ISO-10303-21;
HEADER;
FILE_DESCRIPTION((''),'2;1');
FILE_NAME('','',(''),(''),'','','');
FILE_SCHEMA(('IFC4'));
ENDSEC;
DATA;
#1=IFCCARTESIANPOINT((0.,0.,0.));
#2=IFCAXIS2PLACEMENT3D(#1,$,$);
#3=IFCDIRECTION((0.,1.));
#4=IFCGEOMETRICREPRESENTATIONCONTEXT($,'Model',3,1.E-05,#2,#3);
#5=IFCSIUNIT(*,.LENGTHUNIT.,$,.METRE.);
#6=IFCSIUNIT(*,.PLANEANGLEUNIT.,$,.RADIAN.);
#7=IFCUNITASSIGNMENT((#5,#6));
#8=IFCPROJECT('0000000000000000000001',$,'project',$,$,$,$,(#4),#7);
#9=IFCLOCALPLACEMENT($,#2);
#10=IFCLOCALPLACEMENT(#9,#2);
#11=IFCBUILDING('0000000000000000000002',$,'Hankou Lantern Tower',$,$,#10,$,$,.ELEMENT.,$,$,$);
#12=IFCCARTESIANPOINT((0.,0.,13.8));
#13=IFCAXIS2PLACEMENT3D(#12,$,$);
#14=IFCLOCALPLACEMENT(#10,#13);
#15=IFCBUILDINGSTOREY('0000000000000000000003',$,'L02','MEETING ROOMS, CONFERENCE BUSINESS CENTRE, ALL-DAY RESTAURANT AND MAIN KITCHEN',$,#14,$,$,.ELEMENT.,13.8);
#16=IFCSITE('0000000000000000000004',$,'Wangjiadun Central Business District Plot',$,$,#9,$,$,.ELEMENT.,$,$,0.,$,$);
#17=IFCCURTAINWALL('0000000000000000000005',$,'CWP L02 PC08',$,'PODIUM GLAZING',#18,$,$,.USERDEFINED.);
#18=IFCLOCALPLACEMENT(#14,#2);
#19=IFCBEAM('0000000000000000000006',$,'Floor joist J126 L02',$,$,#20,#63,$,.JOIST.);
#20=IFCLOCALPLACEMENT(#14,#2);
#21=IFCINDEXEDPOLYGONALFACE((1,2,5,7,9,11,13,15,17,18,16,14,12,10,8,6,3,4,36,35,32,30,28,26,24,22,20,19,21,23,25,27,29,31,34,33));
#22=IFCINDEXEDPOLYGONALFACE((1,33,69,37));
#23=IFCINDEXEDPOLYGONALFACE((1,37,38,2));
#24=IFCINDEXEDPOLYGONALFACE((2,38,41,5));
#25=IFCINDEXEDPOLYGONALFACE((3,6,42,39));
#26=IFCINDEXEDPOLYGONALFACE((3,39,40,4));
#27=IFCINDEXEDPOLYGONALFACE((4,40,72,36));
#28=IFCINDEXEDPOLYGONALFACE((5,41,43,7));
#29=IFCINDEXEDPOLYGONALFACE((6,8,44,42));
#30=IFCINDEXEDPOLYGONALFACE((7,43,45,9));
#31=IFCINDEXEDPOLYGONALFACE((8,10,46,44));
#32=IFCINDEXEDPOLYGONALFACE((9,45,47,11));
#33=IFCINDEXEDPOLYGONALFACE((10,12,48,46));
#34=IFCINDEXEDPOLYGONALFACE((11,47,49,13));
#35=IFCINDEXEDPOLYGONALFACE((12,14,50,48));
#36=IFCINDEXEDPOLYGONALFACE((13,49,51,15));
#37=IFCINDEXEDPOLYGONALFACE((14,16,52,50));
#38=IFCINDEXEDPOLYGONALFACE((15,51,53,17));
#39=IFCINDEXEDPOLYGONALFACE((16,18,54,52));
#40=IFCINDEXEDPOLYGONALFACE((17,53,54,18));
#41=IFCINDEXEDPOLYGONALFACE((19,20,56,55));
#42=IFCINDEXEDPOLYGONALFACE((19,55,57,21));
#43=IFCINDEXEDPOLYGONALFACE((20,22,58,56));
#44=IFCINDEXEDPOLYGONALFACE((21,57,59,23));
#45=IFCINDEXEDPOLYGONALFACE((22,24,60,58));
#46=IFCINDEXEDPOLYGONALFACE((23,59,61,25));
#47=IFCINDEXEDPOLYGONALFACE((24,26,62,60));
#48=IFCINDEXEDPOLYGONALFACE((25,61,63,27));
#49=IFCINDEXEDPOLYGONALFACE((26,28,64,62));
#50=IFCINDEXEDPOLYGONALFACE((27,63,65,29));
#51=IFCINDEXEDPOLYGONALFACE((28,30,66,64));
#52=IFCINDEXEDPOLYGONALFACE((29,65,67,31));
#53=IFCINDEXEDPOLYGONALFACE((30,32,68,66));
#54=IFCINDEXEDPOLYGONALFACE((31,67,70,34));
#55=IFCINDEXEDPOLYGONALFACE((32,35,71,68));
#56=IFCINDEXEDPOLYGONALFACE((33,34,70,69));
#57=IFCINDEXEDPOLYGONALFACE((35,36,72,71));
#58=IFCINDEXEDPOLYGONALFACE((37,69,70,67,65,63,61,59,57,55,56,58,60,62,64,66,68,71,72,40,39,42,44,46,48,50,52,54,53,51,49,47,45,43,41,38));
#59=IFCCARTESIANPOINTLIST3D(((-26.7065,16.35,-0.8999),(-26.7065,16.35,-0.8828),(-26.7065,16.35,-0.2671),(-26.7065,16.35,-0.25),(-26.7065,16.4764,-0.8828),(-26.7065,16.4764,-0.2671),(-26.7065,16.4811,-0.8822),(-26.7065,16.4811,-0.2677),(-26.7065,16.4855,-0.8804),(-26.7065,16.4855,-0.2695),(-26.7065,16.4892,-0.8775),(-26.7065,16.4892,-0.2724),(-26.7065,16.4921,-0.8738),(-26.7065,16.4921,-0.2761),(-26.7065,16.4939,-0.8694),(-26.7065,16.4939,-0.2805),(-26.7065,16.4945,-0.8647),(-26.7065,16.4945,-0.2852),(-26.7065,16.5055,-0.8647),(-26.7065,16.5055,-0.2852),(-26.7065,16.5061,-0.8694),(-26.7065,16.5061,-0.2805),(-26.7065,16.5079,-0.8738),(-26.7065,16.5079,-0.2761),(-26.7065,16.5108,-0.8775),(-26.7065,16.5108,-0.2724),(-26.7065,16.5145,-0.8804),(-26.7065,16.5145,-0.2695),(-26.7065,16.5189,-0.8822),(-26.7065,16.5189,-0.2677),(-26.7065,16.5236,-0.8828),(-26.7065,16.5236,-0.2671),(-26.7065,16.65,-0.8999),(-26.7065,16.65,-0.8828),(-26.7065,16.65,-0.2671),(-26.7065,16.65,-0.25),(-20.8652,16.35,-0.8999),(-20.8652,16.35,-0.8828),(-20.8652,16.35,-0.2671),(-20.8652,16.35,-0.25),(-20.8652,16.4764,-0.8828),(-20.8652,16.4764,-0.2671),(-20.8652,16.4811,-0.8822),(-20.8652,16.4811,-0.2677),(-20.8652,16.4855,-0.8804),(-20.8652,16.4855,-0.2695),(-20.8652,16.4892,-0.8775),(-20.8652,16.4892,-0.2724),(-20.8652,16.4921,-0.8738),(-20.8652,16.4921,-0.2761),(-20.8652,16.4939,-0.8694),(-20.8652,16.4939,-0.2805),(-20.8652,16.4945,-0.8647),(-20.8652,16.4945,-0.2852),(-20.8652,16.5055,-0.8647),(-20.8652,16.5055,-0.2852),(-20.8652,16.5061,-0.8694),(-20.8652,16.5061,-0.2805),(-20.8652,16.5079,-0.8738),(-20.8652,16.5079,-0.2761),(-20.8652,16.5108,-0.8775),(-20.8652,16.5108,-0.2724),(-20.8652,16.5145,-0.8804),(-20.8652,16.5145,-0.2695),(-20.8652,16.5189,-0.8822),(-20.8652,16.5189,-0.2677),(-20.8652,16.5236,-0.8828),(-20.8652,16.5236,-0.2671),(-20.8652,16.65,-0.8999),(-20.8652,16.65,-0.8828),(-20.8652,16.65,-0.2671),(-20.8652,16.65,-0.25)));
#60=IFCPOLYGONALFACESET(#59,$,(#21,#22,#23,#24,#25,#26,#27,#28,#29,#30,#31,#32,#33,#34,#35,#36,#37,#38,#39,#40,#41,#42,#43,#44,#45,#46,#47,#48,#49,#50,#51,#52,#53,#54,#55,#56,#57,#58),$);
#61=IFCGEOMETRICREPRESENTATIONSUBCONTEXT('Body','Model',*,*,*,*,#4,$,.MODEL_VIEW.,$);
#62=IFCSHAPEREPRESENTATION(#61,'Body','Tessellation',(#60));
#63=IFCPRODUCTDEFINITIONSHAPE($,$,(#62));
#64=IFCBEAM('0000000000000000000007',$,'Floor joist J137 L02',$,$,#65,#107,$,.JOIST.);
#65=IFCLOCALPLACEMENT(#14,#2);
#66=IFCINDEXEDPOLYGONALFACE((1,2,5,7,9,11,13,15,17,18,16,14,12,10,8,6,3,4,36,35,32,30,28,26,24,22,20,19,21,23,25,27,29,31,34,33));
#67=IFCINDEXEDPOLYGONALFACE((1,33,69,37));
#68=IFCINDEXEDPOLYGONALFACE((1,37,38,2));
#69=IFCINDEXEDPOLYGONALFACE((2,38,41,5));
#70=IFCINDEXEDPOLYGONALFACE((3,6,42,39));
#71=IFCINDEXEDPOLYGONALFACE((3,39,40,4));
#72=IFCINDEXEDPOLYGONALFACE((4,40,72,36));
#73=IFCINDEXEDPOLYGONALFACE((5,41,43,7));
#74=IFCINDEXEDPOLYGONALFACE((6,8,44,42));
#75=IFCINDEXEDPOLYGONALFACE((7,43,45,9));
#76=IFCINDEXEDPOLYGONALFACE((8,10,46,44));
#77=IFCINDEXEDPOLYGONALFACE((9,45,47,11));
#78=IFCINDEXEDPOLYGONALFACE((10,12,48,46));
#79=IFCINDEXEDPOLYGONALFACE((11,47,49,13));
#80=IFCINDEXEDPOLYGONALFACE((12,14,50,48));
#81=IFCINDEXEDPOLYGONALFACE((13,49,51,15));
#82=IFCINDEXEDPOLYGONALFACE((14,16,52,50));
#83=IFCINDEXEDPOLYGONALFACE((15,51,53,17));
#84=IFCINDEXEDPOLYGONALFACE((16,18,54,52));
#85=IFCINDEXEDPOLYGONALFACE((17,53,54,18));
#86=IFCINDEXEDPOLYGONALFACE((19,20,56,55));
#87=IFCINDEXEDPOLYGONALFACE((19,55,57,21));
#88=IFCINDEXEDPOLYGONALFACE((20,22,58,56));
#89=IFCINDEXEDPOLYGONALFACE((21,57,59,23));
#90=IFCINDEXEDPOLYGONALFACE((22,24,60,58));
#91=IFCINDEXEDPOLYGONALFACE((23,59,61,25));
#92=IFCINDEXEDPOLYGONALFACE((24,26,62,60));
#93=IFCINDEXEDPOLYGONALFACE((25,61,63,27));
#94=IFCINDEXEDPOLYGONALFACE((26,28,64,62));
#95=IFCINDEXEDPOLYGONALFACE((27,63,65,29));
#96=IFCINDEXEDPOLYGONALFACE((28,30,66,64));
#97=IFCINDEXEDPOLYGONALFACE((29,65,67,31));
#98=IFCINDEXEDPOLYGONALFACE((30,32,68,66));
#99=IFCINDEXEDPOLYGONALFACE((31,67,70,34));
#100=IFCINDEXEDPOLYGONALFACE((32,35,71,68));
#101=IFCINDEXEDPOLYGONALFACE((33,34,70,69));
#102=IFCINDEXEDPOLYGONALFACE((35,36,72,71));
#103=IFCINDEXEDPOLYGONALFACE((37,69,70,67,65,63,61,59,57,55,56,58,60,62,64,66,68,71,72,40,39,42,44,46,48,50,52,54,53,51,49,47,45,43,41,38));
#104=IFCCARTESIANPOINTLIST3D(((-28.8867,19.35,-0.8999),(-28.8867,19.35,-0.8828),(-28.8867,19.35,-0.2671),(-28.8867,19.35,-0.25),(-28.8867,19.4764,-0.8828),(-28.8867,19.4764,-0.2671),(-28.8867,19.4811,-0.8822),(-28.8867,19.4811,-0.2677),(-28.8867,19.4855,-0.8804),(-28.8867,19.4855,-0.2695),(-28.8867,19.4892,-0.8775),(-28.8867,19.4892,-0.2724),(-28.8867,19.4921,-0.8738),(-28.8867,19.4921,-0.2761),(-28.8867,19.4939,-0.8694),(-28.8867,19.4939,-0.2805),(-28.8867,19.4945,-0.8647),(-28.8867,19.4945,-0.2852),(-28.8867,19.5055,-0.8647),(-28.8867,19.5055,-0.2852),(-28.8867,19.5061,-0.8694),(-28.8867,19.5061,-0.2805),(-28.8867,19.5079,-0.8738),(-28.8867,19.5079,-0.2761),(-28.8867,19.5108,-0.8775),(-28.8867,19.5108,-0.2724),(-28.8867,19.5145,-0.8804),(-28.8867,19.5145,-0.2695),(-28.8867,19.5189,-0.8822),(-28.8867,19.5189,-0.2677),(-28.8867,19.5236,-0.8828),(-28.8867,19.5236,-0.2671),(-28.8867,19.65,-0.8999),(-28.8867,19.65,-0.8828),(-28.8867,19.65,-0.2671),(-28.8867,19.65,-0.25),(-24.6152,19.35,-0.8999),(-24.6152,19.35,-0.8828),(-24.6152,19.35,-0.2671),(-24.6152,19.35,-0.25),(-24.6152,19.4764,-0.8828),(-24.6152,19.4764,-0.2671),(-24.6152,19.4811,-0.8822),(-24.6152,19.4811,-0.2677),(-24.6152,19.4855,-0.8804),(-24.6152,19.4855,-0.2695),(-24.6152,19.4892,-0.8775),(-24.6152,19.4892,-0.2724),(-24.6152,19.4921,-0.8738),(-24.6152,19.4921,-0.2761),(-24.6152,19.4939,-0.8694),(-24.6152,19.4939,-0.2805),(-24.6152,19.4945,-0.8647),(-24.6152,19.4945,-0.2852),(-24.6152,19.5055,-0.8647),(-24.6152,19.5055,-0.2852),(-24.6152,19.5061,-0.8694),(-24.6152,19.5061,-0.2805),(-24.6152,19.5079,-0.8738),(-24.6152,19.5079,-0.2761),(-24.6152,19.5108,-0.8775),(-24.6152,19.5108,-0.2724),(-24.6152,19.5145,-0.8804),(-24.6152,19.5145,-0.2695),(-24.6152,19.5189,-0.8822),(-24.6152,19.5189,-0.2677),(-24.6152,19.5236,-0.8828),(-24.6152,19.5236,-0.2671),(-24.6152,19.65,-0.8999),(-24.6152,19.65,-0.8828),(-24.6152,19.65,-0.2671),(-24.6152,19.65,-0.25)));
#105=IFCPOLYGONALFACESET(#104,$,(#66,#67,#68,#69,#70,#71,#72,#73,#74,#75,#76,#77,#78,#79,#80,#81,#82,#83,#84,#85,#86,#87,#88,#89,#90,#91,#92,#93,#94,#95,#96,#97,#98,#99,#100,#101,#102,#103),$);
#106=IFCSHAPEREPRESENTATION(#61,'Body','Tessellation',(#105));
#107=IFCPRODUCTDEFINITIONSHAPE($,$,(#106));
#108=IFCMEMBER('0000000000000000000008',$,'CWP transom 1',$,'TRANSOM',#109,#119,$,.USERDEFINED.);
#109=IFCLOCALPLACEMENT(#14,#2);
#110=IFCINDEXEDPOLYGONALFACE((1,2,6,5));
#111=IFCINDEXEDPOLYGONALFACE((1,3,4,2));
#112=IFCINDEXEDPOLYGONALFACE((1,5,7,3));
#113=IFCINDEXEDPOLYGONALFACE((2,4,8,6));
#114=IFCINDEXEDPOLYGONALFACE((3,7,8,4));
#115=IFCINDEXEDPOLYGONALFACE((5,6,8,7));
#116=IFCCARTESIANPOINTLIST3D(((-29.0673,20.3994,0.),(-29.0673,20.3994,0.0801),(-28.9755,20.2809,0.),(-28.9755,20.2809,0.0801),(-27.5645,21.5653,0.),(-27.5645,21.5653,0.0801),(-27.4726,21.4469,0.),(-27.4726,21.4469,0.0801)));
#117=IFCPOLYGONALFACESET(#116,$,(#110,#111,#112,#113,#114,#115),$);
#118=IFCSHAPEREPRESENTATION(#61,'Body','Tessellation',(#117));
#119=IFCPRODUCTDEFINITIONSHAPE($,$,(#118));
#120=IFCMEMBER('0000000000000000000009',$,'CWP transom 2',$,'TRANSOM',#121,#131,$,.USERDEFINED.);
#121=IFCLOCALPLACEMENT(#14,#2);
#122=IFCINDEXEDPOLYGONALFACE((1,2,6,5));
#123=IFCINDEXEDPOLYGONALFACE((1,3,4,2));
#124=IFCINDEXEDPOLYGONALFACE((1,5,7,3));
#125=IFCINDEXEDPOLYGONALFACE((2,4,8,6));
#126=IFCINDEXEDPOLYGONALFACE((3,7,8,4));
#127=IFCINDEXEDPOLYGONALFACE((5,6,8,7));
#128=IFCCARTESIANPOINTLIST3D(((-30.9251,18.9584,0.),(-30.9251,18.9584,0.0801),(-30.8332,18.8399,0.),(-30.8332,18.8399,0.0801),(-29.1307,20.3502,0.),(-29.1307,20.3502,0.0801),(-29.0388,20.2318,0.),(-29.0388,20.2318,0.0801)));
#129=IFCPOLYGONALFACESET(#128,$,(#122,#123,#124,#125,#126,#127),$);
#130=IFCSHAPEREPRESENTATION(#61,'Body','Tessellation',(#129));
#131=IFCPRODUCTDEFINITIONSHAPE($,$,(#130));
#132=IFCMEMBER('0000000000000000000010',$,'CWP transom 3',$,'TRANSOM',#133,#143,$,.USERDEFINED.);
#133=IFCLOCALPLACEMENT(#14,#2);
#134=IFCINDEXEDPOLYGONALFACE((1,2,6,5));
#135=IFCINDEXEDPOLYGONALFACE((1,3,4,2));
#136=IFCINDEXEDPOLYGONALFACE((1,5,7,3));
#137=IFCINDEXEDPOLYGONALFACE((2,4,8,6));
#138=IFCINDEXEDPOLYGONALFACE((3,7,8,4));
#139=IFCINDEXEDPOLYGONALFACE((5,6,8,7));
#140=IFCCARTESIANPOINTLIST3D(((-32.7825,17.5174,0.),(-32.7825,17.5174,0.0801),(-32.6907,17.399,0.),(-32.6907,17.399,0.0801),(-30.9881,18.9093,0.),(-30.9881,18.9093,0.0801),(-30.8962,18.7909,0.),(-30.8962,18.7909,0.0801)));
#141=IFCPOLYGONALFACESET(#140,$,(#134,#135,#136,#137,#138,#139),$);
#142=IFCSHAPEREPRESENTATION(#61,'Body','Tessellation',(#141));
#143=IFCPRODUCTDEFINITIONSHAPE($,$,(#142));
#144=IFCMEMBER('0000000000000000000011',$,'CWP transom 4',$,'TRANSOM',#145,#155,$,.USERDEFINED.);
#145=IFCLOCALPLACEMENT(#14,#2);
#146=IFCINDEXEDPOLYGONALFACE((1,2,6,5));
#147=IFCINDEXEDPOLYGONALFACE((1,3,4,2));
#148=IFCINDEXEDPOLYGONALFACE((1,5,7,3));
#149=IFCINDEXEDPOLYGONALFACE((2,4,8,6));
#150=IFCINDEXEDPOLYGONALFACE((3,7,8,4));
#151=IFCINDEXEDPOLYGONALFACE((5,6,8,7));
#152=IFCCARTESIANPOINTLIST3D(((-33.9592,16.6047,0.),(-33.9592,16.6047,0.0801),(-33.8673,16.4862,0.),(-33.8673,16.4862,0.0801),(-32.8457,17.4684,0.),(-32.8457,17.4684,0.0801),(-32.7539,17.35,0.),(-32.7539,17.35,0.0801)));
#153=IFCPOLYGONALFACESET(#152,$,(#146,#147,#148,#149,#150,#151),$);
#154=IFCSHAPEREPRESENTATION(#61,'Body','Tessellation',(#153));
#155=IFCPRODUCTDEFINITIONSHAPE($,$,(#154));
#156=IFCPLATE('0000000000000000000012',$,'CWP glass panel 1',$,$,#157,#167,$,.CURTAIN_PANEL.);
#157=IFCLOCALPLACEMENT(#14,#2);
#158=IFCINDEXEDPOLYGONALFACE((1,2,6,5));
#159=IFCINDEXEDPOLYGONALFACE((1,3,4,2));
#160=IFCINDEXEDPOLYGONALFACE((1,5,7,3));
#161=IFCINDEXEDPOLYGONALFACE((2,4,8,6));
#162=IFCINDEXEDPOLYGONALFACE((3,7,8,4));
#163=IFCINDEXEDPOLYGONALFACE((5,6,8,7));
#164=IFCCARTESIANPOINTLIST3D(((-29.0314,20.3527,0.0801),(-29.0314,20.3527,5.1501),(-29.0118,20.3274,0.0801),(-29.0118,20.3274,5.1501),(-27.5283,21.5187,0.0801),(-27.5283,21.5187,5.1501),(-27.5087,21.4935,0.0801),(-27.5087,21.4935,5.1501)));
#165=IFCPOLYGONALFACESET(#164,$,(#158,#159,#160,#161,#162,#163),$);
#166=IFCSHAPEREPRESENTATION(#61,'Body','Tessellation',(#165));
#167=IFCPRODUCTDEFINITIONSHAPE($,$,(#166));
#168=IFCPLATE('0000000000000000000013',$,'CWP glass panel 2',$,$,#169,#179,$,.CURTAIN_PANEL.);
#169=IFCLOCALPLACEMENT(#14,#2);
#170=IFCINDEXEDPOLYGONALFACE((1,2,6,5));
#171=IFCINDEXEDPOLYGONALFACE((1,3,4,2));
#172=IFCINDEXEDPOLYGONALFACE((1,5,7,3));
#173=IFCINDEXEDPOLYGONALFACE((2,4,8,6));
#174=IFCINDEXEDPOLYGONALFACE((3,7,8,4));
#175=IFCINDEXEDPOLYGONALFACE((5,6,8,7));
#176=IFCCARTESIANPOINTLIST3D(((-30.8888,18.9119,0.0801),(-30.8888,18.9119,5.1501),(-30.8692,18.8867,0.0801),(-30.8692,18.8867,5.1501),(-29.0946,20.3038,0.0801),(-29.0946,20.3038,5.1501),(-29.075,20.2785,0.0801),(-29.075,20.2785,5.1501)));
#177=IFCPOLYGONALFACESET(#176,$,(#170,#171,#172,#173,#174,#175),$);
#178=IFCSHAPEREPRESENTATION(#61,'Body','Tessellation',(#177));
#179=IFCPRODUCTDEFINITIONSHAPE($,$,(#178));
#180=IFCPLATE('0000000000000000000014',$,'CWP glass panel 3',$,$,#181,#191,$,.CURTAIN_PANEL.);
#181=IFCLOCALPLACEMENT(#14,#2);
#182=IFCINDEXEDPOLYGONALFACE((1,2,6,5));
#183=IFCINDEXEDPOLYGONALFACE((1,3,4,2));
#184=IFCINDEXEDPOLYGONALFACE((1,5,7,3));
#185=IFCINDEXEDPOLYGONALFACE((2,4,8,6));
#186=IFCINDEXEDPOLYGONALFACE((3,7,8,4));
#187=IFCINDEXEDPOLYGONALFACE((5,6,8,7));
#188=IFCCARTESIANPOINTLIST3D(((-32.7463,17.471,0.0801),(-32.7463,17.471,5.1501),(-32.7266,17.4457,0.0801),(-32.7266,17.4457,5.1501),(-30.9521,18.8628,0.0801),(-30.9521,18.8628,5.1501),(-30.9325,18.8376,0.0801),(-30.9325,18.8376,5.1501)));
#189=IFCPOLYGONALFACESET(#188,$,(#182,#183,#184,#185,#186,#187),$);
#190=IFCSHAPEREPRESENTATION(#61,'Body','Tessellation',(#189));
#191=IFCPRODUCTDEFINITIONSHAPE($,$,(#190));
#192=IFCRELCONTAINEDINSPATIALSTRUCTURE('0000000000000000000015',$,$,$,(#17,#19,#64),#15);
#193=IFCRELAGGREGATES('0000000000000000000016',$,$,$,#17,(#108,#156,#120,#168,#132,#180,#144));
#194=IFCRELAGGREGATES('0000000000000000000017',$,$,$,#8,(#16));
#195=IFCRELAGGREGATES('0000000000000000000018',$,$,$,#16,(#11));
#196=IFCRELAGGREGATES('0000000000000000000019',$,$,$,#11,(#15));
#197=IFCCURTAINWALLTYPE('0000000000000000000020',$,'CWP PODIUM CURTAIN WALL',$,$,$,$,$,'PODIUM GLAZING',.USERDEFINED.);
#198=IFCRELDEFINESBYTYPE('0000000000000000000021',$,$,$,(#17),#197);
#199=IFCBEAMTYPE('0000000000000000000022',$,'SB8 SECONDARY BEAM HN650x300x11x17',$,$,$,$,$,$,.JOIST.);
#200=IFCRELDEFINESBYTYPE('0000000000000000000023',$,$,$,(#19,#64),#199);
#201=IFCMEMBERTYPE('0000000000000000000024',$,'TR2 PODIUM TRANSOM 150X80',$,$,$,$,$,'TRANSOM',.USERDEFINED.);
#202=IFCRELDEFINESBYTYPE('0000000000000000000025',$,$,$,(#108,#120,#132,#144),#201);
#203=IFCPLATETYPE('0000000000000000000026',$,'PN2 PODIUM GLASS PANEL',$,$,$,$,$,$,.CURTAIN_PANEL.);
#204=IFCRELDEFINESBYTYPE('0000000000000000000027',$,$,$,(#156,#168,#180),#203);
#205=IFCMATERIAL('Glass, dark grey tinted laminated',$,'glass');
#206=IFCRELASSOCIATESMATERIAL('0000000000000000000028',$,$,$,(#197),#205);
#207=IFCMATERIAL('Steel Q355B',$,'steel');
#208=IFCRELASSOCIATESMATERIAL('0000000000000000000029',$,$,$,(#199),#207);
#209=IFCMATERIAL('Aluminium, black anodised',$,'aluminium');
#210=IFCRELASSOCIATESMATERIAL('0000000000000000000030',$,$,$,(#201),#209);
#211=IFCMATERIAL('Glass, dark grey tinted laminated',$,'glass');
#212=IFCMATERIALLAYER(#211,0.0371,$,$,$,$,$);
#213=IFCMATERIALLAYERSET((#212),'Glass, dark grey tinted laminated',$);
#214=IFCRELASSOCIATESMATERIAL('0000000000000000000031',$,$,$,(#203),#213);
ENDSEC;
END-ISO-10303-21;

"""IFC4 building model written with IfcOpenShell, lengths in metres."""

from ifc_helpers import new_model, si_unit, direction, frame, origin, origin_2d, place, context, subcontext, project, spatial, rectangle, i_section, extrude, material, layer, layer_set, material_profile, profile_set, type_object, element, aggregate, save


model = new_model("IFC4")

# Units and contexts
model_context = context("Model", 3, precision=1e-05, world=origin(), true_north=direction((0.0, 1.0)))
body_context = subcontext(model_context, "Body", "Model", "MODEL_VIEW")
ifc_project = project(units=[si_unit("LENGTHUNIT", "METRE"), si_unit("PLANEANGLEUNIT", "RADIAN")], contexts=[model_context])

# Site, building, storey
site_placement = place(None, origin())
site = spatial("IfcSite", under=ifc_project, at=site_placement, Name="Wangjiadun Central Business District Plot", CompositionType="ELEMENT", RefElevation=0.0)
building_placement = place(site_placement, origin())
building = spatial("IfcBuilding", under=site, at=building_placement, Name="Hankou Lantern Tower", CompositionType="ELEMENT")
storey_placement = place(building_placement, frame((0.0, 0.0, 13.8)))
storey = spatial("IfcBuildingStorey", under=building, at=storey_placement, Name="L02", Description="MEETING ROOMS, CONFERENCE BUSINESS CENTRE, ALL-DAY RESTAURANT AND MAIN KITCHEN", CompositionType="ELEMENT", Elevation=13.8)

# Shared definitions
ifc_material_1 = material(Name="Glass, dark grey tinted laminated", Category="glass")
curtain_wall_type = type_object("IfcCurtainWallType", Name="CWP PODIUM CURTAIN WALL", ElementType="PODIUM GLAZING", PredefinedType="USERDEFINED", material=ifc_material_1)

# Curtain wall
curtain_wall_1_placement = place(storey_placement, origin())
curtain_wall_1 = element("IfcCurtainWall", 1, at=curtain_wall_1_placement, inside=storey, type_object=curtain_wall_type, Name="CWP L02 PC08", ObjectType="PODIUM GLAZING", PredefinedType="USERDEFINED")

# Beams
ifc_material_2 = material(Name="Steel Q355B", Category="steel")
ifc_material_profile_1 = material_profile(ifc_material_2, i_section(OverallWidth=0.3, OverallDepth=0.6499, WebThickness=0.011, FlangeThickness=0.0171, FilletRadius=0.0181, at=origin_2d()), Name="HN650x300x11x17")
ifc_profile_set_1 = profile_set([ifc_material_profile_1], Name="Steel Q355B")
beam_type_1 = type_object("IfcBeamType", Name="SB8 SECONDARY BEAM HN650x300x11x17", PredefinedType="JOIST", material=ifc_profile_set_1)
beam_1_placement = place(storey_placement, frame((-26.7065, 16.5, -0.575), z_axis=(1.0, 0.0, 0.0), x_axis=(0.0, 1.0, 0.0)))
element("IfcBeam", 2, at=beam_1_placement, inside=storey, type_object=beam_type_1, Name="Floor joist J126 L02", PredefinedType="JOIST", context=body_context, shape_type="SweptSolid", body=[
    extrude(i_section(OverallWidth=0.3, OverallDepth=0.6499, WebThickness=0.011, FlangeThickness=0.0171, FilletRadius=0.0181, at=origin_2d()), origin(), (0.0, 0.0, 1.0), 5.8413),
])
beam_2_placement = place(storey_placement, frame((-28.8867, 19.5, -0.575), z_axis=(1.0, 0.0, 0.0), x_axis=(0.0, 1.0, 0.0)))
element("IfcBeam", 3, at=beam_2_placement, inside=storey, type_object=beam_type_1, Name="Floor joist J137 L02", PredefinedType="JOIST", context=body_context, shape_type="SweptSolid", body=[
    extrude(i_section(OverallWidth=0.3, OverallDepth=0.6499, WebThickness=0.011, FlangeThickness=0.0171, FilletRadius=0.0181, at=origin_2d()), origin(), (0.0, 0.0, 1.0), 4.2715),
])

# Members
ifc_material_3 = material(Name="Aluminium, black anodised", Category="aluminium")
ifc_material_profile_2 = material_profile(ifc_material_3, rectangle(XDim=0.1499, YDim=0.0801, at=origin_2d()), Name="TR2 150X80")
ifc_profile_set_2 = profile_set([ifc_material_profile_2], Name="Aluminium, black anodised")
member_type_1 = type_object("IfcMemberType", Name="TR2 PODIUM TRANSOM 150X80", ElementType="TRANSOM", PredefinedType="USERDEFINED", material=ifc_profile_set_2)
member_1_placement = place(storey_placement, frame((-27.5186, 21.5061, 0.04), z_axis=(-0.790098, -0.612981, 0.0), x_axis=(0.612981, -0.790098, 0.0)))
member_1 = element("IfcMember", 4, at=member_1_placement, type_object=member_type_1, Name="CWP transom 1", ObjectType="TRANSOM", PredefinedType="USERDEFINED", context=body_context, shape_type="SweptSolid", body=[
    extrude(rectangle(XDim=0.1499, YDim=0.0801, at=origin_2d()), origin(), (0.0, 0.0, 1.0), 1.9021),
])
member_2_placement = place(storey_placement, frame((-29.0847, 20.291, 0.04), z_axis=(-0.790168, -0.612891, 0.0), x_axis=(0.612891, -0.790168, 0.0)))
member_2 = element("IfcMember", 5, at=member_2_placement, type_object=member_type_1, Name="CWP transom 2", ObjectType="TRANSOM", PredefinedType="USERDEFINED", context=body_context, shape_type="SweptSolid", body=[
    extrude(rectangle(XDim=0.1499, YDim=0.0801, at=origin_2d()), origin(), (0.0, 0.0, 1.0), 2.271),
])
member_3_placement = place(storey_placement, frame((-30.9421, 18.8501, 0.04), z_axis=(-0.790168, -0.612891, 0.0), x_axis=(0.612891, -0.790168, 0.0)))
member_3 = element("IfcMember", 6, at=member_3_placement, type_object=member_type_1, Name="CWP transom 3", ObjectType="TRANSOM", PredefinedType="USERDEFINED", context=body_context, shape_type="SweptSolid", body=[
    extrude(rectangle(XDim=0.1499, YDim=0.0801, at=origin_2d()), origin(), (0.0, 0.0, 1.0), 2.271),
])
member_4_placement = place(storey_placement, frame((-32.7998, 17.4092, 0.04), z_axis=(-0.790144, -0.612921, 0.0), x_axis=(0.612921, -0.790144, 0.0)))
member_4 = element("IfcMember", 7, at=member_4_placement, type_object=member_type_1, Name="CWP transom 4", ObjectType="TRANSOM", PredefinedType="USERDEFINED", context=body_context, shape_type="SweptSolid", body=[
    extrude(rectangle(XDim=0.1499, YDim=0.0801, at=origin_2d()), origin(), (0.0, 0.0, 1.0), 1.4092),
])

# Plates
ifc_material_4 = material(Name="Glass, dark grey tinted laminated", Category="glass")
ifc_layer_1 = layer(ifc_material_4, 0.0371)
ifc_layer_set_1 = layer_set([ifc_layer_1], Name="Glass, dark grey tinted laminated")
plate_type = type_object("IfcPlateType", Name="PN2 PODIUM GLASS PANEL", PredefinedType="CURTAIN_PANEL", material=ifc_layer_set_1)
plate_1_placement = place(storey_placement, frame((-28.27, 20.9231, 0.0801), z_axis=(0.0, 0.0, 1.0), x_axis=(-0.79013, -0.61294, 0.0)))
plate_1 = element("IfcPlate", 8, at=plate_1_placement, type_object=plate_type, Name="CWP glass panel 1", PredefinedType="CURTAIN_PANEL", context=body_context, shape_type="SweptSolid", body=[
    extrude(rectangle(XDim=1.9023, YDim=0.032, at=origin_2d()), origin(), (0.0, 0.0, 1.0), 5.0701),
])
plate_2_placement = place(storey_placement, frame((-29.9819, 19.5952, 0.0801), z_axis=(0.0, 0.0, 1.0), x_axis=(-0.79013, -0.61294, 0.0)))
plate_2 = element("IfcPlate", 9, at=plate_2_placement, type_object=plate_type, Name="CWP glass panel 2", PredefinedType="CURTAIN_PANEL", context=body_context, shape_type="SweptSolid", body=[
    extrude(rectangle(XDim=2.2708, YDim=0.032, at=origin_2d()), origin(), (0.0, 0.0, 1.0), 5.0701),
])
plate_3_placement = place(storey_placement, frame((-31.8394, 18.1543, 0.0801), z_axis=(0.0, 0.0, 1.0), x_axis=(-0.79013, -0.61294, 0.0)))
plate_3 = element("IfcPlate", 10, at=plate_3_placement, type_object=plate_type, Name="CWP glass panel 3", PredefinedType="CURTAIN_PANEL", context=body_context, shape_type="SweptSolid", body=[
    extrude(rectangle(XDim=2.2708, YDim=0.032, at=origin_2d()), origin(), (0.0, 0.0, 1.0), 5.0701),
])
aggregate(curtain_wall_1, [member_1, plate_1, member_2, plate_2, member_3, plate_3, member_4])

save(model, "model.ifc")
